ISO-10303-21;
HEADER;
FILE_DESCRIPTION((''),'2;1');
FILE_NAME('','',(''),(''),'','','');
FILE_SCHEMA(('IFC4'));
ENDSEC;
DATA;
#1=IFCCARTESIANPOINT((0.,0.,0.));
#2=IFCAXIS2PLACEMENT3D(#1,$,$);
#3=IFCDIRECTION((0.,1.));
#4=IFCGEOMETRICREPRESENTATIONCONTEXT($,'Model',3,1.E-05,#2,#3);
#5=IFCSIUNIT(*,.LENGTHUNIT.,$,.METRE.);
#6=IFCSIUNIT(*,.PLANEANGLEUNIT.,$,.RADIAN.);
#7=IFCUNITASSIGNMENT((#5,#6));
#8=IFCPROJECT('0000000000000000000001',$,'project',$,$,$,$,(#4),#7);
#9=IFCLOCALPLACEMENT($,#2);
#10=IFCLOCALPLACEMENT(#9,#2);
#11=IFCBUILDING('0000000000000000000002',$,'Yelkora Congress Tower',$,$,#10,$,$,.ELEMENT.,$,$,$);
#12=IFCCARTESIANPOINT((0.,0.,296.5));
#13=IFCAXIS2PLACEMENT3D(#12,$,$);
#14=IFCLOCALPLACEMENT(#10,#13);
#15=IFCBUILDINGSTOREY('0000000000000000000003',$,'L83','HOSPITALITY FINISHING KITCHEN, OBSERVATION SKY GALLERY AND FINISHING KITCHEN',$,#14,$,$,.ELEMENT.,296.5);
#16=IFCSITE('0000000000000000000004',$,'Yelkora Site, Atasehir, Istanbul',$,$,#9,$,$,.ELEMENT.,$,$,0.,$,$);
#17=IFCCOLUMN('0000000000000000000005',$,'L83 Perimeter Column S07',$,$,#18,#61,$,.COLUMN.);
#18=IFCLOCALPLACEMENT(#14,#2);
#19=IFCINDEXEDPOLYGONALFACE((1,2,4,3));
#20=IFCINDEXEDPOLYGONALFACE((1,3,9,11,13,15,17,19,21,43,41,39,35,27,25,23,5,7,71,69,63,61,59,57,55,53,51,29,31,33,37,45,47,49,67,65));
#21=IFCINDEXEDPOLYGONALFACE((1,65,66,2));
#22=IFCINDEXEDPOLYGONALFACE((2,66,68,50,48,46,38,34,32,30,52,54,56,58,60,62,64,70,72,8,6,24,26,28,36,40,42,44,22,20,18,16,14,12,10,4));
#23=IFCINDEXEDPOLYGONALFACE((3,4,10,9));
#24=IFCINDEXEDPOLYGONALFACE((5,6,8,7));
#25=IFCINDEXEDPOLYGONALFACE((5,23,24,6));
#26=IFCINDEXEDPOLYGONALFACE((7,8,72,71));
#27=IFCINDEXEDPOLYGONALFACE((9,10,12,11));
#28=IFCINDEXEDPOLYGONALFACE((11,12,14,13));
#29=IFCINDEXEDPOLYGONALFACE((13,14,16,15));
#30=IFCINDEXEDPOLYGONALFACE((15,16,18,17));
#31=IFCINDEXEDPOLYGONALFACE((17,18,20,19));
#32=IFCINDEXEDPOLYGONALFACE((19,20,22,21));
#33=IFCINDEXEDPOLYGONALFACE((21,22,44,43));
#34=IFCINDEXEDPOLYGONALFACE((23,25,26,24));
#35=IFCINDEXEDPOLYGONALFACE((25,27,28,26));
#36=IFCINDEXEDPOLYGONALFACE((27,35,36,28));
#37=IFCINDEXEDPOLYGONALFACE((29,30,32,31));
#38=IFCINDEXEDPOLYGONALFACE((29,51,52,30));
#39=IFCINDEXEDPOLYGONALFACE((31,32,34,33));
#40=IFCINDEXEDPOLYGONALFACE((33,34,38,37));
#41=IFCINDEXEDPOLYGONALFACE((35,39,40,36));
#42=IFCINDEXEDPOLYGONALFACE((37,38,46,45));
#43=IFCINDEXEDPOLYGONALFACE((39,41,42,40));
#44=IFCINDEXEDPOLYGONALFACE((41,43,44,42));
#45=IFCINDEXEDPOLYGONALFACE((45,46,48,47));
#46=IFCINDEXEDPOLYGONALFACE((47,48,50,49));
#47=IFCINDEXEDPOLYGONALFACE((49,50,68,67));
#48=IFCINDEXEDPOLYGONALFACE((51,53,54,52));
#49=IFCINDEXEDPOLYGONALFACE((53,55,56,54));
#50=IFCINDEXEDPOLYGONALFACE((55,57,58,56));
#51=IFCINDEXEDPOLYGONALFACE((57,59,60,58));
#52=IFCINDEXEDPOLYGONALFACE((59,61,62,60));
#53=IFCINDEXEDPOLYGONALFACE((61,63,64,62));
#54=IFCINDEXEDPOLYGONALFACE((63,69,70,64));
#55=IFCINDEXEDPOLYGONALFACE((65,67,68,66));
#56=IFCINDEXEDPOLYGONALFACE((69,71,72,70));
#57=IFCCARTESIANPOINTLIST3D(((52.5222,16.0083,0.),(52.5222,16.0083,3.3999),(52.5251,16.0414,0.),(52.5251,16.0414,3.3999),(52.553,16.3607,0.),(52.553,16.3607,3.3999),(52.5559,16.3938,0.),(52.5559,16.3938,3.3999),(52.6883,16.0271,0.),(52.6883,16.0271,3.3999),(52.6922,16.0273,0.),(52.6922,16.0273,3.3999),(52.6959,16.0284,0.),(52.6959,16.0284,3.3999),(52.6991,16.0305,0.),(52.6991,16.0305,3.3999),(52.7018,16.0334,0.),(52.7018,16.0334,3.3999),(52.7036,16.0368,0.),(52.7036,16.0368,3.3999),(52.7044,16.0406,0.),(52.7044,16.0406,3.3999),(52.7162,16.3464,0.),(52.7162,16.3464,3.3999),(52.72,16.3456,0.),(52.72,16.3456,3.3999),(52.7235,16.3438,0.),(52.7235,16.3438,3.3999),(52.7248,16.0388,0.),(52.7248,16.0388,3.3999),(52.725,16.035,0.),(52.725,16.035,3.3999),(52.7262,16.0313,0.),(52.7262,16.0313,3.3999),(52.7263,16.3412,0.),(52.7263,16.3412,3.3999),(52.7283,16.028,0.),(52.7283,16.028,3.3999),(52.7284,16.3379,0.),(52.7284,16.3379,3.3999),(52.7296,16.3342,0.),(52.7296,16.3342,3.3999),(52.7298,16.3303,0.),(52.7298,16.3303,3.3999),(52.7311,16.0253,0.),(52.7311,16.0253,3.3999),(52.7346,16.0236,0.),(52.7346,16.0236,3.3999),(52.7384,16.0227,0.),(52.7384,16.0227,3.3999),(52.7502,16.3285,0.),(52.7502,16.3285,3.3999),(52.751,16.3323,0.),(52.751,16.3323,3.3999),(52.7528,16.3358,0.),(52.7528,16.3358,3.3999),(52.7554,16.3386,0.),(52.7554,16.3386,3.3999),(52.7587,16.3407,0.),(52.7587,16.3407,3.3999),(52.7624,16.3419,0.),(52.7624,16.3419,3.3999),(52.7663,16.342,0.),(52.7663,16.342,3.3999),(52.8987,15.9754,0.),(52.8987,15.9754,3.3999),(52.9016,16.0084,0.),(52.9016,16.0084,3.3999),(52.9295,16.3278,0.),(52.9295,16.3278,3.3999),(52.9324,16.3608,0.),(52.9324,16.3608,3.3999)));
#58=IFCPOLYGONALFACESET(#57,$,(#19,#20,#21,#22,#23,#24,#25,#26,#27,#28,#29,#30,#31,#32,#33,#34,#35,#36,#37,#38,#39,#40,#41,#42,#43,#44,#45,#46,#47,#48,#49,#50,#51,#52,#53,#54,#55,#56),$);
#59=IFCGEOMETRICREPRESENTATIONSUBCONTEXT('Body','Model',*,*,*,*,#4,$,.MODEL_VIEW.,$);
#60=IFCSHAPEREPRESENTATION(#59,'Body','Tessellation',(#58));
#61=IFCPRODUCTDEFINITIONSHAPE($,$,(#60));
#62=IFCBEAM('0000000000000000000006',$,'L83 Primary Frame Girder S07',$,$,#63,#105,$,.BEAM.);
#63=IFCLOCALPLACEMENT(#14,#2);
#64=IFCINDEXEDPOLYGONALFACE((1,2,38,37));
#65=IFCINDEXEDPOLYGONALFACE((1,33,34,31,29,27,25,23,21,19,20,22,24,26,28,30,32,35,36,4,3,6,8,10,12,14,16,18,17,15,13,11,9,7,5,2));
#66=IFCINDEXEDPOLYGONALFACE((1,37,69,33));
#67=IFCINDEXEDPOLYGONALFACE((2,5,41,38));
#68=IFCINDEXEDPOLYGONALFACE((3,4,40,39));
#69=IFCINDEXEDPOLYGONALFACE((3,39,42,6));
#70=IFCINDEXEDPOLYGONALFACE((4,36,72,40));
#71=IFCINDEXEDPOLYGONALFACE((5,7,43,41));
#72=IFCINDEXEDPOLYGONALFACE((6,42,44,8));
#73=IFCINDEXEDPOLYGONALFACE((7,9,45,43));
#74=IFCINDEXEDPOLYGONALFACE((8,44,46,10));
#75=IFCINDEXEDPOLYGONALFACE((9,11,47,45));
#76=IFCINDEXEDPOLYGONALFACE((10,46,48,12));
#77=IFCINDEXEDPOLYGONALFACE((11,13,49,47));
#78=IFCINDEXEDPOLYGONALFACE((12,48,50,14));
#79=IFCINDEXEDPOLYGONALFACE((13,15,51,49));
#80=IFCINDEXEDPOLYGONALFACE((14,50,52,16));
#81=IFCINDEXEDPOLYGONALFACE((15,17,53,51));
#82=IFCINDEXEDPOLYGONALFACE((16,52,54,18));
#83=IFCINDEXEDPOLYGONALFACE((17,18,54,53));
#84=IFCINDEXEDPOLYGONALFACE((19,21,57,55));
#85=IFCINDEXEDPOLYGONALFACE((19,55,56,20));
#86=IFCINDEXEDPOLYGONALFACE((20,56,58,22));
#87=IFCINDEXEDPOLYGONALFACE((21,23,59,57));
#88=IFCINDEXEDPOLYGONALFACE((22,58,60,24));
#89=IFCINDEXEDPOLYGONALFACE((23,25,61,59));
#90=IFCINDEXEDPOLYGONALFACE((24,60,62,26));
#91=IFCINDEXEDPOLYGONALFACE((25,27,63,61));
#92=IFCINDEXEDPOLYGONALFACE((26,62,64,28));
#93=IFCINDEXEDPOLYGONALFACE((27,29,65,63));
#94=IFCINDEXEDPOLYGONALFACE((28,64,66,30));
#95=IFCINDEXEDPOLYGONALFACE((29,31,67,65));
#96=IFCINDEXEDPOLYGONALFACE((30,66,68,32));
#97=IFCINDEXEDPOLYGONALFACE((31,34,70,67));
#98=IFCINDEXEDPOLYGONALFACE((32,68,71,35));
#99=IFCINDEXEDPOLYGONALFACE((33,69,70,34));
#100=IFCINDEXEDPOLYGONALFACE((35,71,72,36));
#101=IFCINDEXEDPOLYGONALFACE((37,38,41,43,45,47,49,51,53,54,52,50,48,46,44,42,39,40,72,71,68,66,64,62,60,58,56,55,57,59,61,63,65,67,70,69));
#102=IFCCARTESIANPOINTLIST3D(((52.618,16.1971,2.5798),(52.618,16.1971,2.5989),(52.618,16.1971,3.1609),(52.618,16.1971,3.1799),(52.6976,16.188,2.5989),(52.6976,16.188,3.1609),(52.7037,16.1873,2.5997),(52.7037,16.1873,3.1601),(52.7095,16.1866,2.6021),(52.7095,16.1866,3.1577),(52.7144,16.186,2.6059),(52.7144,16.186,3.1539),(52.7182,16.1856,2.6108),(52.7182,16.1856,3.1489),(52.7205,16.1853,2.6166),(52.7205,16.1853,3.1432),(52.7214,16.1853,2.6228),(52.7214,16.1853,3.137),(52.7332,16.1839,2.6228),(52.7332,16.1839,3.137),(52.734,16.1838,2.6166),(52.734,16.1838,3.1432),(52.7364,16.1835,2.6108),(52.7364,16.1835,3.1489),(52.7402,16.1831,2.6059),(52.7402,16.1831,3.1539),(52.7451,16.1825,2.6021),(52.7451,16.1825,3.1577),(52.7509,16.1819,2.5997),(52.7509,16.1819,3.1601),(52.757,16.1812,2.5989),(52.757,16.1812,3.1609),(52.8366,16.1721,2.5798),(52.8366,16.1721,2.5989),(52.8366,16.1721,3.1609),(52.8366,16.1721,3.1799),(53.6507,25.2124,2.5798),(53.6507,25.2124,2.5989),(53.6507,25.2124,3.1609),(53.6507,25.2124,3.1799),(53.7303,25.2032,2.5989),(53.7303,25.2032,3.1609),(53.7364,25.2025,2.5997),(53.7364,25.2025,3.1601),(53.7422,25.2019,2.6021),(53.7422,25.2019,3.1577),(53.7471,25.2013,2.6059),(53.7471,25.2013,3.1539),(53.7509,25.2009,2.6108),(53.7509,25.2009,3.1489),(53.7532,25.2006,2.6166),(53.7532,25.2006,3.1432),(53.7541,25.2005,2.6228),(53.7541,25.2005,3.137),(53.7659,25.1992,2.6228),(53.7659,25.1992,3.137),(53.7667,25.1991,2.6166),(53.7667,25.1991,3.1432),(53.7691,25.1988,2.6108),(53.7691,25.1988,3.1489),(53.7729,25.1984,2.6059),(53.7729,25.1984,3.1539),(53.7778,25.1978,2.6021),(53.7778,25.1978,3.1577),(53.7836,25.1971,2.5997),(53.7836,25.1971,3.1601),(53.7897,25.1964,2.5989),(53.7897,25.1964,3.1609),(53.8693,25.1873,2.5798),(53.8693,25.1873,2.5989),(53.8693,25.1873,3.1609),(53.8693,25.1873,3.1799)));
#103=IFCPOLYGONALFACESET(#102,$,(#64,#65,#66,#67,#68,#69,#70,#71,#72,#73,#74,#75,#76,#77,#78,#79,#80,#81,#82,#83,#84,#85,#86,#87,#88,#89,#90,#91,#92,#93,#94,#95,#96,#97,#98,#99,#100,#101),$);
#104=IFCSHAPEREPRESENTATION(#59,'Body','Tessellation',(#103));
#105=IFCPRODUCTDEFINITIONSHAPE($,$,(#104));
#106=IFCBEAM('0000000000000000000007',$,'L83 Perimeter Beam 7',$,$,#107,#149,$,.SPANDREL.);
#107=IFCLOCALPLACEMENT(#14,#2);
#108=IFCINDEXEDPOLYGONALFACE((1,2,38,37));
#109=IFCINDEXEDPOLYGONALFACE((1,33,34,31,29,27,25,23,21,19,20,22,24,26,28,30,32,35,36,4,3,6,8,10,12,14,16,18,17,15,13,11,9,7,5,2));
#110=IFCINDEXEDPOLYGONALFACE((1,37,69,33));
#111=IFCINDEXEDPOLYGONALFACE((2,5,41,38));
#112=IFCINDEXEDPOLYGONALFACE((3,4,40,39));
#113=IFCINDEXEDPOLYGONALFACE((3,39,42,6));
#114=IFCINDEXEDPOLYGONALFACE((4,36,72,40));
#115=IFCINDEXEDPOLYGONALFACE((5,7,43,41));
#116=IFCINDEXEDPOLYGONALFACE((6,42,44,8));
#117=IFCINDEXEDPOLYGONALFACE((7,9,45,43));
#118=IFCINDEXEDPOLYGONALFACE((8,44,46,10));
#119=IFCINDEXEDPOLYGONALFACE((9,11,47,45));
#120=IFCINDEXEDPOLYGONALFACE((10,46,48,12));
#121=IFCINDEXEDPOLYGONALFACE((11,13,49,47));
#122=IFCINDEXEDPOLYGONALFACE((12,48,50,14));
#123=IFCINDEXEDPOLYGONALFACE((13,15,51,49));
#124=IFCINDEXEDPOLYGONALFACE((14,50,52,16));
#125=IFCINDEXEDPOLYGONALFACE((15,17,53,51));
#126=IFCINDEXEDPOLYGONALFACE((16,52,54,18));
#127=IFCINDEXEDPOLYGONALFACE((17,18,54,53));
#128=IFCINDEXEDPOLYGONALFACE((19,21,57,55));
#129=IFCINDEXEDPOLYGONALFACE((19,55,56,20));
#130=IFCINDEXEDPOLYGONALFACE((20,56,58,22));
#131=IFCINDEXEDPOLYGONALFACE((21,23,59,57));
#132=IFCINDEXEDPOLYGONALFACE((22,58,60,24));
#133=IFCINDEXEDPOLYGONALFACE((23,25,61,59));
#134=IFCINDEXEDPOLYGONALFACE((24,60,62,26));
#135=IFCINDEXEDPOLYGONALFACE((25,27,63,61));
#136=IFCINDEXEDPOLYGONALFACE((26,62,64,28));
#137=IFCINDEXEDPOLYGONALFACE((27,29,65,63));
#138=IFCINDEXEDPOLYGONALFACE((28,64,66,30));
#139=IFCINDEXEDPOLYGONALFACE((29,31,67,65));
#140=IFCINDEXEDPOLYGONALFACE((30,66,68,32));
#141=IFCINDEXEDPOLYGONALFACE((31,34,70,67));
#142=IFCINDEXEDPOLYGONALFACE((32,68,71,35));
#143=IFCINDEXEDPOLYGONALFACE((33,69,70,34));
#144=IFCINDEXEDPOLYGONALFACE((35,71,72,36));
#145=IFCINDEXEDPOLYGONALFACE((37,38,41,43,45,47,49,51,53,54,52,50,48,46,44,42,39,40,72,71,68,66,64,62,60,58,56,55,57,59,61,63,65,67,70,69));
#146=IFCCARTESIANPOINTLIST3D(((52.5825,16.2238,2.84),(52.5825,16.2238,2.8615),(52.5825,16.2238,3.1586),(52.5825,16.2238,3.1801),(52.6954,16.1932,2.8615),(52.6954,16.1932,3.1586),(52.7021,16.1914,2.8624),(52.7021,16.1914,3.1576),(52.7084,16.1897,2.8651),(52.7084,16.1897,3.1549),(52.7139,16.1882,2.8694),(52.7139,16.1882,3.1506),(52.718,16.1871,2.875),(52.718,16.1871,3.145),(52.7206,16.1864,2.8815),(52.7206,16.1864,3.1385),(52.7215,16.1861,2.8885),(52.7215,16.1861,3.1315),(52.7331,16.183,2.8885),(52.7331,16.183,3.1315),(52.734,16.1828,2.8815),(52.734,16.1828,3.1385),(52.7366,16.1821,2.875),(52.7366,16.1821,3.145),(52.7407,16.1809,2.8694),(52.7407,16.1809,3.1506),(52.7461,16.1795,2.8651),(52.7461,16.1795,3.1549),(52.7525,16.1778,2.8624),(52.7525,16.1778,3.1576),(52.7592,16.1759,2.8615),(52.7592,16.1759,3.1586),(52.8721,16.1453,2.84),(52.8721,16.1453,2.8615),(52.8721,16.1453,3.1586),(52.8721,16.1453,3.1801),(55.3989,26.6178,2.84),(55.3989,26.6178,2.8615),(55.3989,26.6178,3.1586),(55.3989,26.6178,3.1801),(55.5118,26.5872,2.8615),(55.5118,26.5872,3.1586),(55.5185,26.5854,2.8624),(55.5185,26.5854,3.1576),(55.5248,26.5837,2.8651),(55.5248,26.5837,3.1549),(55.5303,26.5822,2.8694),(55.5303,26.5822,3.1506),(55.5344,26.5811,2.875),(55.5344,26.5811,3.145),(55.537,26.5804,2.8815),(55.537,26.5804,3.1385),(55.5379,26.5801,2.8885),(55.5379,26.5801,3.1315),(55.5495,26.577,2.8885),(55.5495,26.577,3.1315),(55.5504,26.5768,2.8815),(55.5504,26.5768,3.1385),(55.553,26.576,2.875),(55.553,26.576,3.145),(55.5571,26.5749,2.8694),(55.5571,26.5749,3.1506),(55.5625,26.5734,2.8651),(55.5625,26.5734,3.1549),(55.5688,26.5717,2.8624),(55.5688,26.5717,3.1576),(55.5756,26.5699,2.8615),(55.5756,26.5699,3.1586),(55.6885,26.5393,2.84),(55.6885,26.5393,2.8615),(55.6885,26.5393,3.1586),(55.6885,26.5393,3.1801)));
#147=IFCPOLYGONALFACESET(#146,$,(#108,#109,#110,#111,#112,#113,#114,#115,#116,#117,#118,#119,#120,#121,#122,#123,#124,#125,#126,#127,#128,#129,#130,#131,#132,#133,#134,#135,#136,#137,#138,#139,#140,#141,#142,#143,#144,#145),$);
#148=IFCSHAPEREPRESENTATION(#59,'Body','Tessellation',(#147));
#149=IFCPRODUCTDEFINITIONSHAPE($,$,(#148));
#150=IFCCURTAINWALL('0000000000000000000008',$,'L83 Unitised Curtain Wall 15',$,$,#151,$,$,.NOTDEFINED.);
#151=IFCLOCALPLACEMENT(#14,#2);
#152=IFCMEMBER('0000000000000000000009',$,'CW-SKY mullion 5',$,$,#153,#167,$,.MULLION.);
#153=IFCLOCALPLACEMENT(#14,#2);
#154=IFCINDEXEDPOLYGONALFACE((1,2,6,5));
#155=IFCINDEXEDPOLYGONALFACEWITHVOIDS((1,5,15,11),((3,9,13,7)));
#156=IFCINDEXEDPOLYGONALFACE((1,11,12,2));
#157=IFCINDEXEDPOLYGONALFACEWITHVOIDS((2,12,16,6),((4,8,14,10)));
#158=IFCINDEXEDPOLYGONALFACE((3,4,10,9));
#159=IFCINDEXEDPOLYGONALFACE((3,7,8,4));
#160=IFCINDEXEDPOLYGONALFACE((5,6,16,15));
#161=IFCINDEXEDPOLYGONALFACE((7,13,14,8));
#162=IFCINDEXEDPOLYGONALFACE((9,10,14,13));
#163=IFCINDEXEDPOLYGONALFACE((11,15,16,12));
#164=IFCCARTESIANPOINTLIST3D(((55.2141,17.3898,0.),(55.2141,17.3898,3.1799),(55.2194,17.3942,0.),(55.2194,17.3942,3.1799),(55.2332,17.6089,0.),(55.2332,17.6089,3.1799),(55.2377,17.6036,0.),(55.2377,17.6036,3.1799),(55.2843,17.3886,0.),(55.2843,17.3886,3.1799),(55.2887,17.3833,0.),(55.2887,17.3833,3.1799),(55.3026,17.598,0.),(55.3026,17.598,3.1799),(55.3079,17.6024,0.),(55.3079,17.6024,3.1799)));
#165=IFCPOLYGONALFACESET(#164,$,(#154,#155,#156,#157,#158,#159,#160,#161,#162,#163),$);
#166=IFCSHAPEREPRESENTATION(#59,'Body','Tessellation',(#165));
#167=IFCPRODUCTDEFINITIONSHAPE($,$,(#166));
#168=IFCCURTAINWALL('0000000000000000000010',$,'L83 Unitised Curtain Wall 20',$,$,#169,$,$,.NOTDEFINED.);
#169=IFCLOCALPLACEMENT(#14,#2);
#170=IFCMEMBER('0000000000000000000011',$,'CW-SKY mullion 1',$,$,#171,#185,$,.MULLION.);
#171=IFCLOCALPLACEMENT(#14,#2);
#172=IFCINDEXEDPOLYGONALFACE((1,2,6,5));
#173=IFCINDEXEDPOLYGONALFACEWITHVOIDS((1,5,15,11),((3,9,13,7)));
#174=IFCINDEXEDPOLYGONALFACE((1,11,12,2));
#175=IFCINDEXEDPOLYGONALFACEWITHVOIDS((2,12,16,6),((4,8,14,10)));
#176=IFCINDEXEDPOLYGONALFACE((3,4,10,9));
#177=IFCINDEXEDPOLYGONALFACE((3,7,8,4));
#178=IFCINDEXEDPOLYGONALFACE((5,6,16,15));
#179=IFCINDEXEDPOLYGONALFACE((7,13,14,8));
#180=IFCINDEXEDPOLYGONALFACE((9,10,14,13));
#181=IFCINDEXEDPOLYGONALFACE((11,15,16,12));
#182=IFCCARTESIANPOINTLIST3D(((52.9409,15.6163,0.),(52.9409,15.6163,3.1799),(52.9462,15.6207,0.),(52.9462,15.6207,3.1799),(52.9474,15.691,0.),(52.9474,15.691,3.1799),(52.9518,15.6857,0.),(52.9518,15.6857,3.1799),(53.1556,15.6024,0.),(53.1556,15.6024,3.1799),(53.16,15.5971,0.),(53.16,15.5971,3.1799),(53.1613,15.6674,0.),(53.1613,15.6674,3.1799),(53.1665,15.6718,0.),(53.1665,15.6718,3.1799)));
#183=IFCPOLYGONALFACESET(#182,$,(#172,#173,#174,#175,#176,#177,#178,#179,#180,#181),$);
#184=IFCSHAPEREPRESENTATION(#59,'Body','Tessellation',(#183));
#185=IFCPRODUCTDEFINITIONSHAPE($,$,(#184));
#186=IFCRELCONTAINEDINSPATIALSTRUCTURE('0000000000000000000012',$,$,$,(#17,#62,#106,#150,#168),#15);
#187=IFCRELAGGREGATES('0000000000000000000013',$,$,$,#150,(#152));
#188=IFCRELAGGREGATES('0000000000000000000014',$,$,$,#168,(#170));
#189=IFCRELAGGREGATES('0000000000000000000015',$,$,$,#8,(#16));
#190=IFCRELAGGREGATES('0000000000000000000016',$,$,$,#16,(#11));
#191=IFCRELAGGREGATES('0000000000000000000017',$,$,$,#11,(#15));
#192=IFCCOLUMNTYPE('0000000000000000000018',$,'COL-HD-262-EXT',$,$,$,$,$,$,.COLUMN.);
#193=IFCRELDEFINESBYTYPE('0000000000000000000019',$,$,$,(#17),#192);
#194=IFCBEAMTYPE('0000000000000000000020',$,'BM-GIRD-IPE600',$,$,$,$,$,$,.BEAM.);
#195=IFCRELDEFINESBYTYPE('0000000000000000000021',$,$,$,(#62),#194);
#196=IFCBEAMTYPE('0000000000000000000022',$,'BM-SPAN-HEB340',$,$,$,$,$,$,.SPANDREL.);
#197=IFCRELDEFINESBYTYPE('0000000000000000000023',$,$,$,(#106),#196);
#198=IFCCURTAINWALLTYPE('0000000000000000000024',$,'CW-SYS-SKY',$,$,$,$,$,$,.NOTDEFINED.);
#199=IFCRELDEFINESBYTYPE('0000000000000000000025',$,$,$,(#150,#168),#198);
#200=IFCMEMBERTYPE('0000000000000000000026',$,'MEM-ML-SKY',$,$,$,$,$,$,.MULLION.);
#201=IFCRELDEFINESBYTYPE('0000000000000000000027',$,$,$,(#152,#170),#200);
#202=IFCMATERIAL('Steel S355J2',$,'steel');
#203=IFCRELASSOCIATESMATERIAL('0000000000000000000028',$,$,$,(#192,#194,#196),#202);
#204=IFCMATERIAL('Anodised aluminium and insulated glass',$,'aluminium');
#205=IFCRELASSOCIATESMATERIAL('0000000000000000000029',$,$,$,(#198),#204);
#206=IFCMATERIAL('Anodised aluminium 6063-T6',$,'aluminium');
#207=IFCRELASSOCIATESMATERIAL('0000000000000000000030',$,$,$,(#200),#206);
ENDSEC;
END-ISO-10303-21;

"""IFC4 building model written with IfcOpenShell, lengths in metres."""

from ifc_helpers import new_model, si_unit, direction, frame, origin, origin_2d, place, context, subcontext, project, spatial, hollow_rectangle, i_section, extrude, material, material_profile, profile_set, type_object, element, aggregate, save


model = new_model("IFC4")

# Units and contexts
model_context = context("Model", 3, precision=1e-05, world=origin(), true_north=direction((0.0, 1.0)))
body_context = subcontext(model_context, "Body", "Model", "MODEL_VIEW")
ifc_project = project(units=[si_unit("LENGTHUNIT", "METRE"), si_unit("PLANEANGLEUNIT", "RADIAN")], contexts=[model_context])

# Site, building, storey
site_placement = place(None, origin())
site = spatial("IfcSite", under=ifc_project, at=site_placement, Name="Yelkora Site, Atasehir, Istanbul", CompositionType="ELEMENT", RefElevation=0.0)
building_placement = place(site_placement, origin())
building = spatial("IfcBuilding", under=site, at=building_placement, Name="Yelkora Congress Tower", CompositionType="ELEMENT")
storey_placement = place(building_placement, frame((0.0, 0.0, 296.5)))
storey = spatial("IfcBuildingStorey", under=building, at=storey_placement, Name="L83", Description="HOSPITALITY FINISHING KITCHEN, OBSERVATION SKY GALLERY AND FINISHING KITCHEN", CompositionType="ELEMENT", Elevation=296.5)

# Column
ifc_material_1 = material(Name="Steel S355J2", Category="steel")
ifc_material_profile_1 = material_profile(ifc_material_1, i_section(OverallWidth=0.3779, OverallDepth=0.387, WebThickness=0.0205, FlangeThickness=0.0332, FilletRadius=0.0149, at=origin_2d()), Name="HD 360x262")
ifc_profile_set_1 = profile_set([ifc_material_profile_1], Name="Steel S355J2")
column_type = type_object("IfcColumnType", Name="COL-HD-262-EXT", PredefinedType="COLUMN", material=ifc_profile_set_1)
column_placement = place(storey_placement, frame((52.7273, 16.1846, 0.0), z_axis=(0.0, 0.0, 1.0), x_axis=(0.996195, -0.087156, 0.0)))
element("IfcColumn", 1, at=column_placement, inside=storey, type_object=column_type, Name="L83 Perimeter Column S07", PredefinedType="COLUMN", context=body_context, shape_type="SweptSolid", body=[
    extrude(i_section(OverallWidth=0.3779, OverallDepth=0.387, WebThickness=0.0205, FlangeThickness=0.0332, FilletRadius=0.0149, at=origin_2d()), origin(), (0.0, 0.0, 1.0), 3.3999),
])

# Beams
ifc_material_profile_2 = material_profile(ifc_material_1, i_section(OverallWidth=0.22, OverallDepth=0.6001, WebThickness=0.012, FlangeThickness=0.019, FilletRadius=0.0239, at=origin_2d()), Name="IPE 600")
ifc_profile_set_2 = profile_set([ifc_material_profile_2], Name="Steel S355J2")
beam_type_1 = type_object("IfcBeamType", Name="BM-GIRD-IPE600", PredefinedType="BEAM", material=ifc_profile_set_2)
beam_1_placement = place(storey_placement, frame((52.7273, 16.1846, 2.8799), z_axis=(0.113806, 0.993503, 0.0), x_axis=(-0.993503, 0.113806, 0.0)))
element("IfcBeam", 2, at=beam_1_placement, inside=storey, type_object=beam_type_1, Name="L83 Primary Frame Girder S07", PredefinedType="BEAM", context=body_context, shape_type="SweptSolid", body=[
    extrude(i_section(OverallWidth=0.22, OverallDepth=0.6001, WebThickness=0.012, FlangeThickness=0.019, FilletRadius=0.0239, at=origin_2d()), origin(), (0.0, 0.0, 1.0), 9.0742),
])
ifc_material_profile_3 = material_profile(ifc_material_1, i_section(OverallWidth=0.3, OverallDepth=0.3401, WebThickness=0.012, FlangeThickness=0.0215, FilletRadius=0.0271, at=origin_2d()), Name="HEB 340")
ifc_profile_set_3 = profile_set([ifc_material_profile_3], Name="Steel S355J2")
beam_type_2 = type_object("IfcBeamType", Name="BM-SPAN-HEB340", PredefinedType="SPANDREL", material=ifc_profile_set_3)
beam_2_placement = place(storey_placement, frame((52.7273, 16.1846, 3.01), z_axis=(0.261533, 0.965195, 0.0), x_axis=(-0.965195, 0.261533, 0.0)))
element("IfcBeam", 3, at=beam_2_placement, inside=storey, type_object=beam_type_2, Name="L83 Perimeter Beam 7", PredefinedType="SPANDREL", context=body_context, shape_type="SweptSolid", body=[
    extrude(i_section(OverallWidth=0.3, OverallDepth=0.3401, WebThickness=0.012, FlangeThickness=0.0215, FilletRadius=0.0271, at=origin_2d()), origin(), (0.0, 0.0, 1.0), 10.7688),
])

# Curtain wall, member
ifc_material_2 = material(Name="Anodised aluminium and insulated glass", Category="aluminium")
curtain_wall_type = type_object("IfcCurtainWallType", Name="CW-SYS-SKY", PredefinedType="NOTDEFINED", material=ifc_material_2)
curtain_wall_1_placement = place(storey_placement, origin())
curtain_wall_1 = element("IfcCurtainWall", 4, at=curtain_wall_1_placement, inside=storey, type_object=curtain_wall_type, Name="L83 Unitised Curtain Wall 15", PredefinedType="NOTDEFINED")
ifc_material_3 = material(Name="Anodised aluminium 6063-T6", Category="aluminium")
ifc_material_profile_4 = material_profile(ifc_material_3, hollow_rectangle(XDim=0.075, YDim=0.22, WallThickness=0.0049, at=origin_2d()), Name="ALU 75x220x5")
ifc_profile_set_4 = profile_set([ifc_material_profile_4], Name="Anodised aluminium 6063-T6")
member_type_1 = type_object("IfcMemberType", Name="MEM-ML-SKY", PredefinedType="MULLION", material=ifc_profile_set_4)
member_1_placement = place(storey_placement, frame((55.261, 17.4961, 0.0), z_axis=(0.0, 0.0, 1.0), x_axis=(0.996194, -0.087158, 0.0)))
member_1 = element("IfcMember", 5, at=member_1_placement, type_object=member_type_1, Name="CW-SKY mullion 5", PredefinedType="MULLION", context=body_context, shape_type="SweptSolid", body=[
    extrude(hollow_rectangle(XDim=0.075, YDim=0.22, WallThickness=0.0049, at=origin_2d()), origin(), (0.0, 0.0, 1.0), 3.1799),
])

# Curtain wall, member
curtain_wall_2_placement = place(storey_placement, origin())
curtain_wall_2 = element("IfcCurtainWall", 6, at=curtain_wall_2_placement, inside=storey, type_object=curtain_wall_type, Name="L83 Unitised Curtain Wall 20", PredefinedType="NOTDEFINED")
member_2_placement = place(storey_placement, frame((53.0537, 15.644, 0.0), z_axis=(0.0, 0.0, 1.0), x_axis=(-0.087157, -0.996195, 0.0)))
member_2 = element("IfcMember", 7, at=member_2_placement, type_object=member_type_1, Name="CW-SKY mullion 1", PredefinedType="MULLION", context=body_context, shape_type="SweptSolid", body=[
    extrude(hollow_rectangle(XDim=0.075, YDim=0.22, WallThickness=0.0049, at=origin_2d()), origin(), (0.0, 0.0, 1.0), 3.1799),
])

aggregate(curtain_wall_1, [member_1])
aggregate(curtain_wall_2, [member_2])

save(model, "model.ifc")
